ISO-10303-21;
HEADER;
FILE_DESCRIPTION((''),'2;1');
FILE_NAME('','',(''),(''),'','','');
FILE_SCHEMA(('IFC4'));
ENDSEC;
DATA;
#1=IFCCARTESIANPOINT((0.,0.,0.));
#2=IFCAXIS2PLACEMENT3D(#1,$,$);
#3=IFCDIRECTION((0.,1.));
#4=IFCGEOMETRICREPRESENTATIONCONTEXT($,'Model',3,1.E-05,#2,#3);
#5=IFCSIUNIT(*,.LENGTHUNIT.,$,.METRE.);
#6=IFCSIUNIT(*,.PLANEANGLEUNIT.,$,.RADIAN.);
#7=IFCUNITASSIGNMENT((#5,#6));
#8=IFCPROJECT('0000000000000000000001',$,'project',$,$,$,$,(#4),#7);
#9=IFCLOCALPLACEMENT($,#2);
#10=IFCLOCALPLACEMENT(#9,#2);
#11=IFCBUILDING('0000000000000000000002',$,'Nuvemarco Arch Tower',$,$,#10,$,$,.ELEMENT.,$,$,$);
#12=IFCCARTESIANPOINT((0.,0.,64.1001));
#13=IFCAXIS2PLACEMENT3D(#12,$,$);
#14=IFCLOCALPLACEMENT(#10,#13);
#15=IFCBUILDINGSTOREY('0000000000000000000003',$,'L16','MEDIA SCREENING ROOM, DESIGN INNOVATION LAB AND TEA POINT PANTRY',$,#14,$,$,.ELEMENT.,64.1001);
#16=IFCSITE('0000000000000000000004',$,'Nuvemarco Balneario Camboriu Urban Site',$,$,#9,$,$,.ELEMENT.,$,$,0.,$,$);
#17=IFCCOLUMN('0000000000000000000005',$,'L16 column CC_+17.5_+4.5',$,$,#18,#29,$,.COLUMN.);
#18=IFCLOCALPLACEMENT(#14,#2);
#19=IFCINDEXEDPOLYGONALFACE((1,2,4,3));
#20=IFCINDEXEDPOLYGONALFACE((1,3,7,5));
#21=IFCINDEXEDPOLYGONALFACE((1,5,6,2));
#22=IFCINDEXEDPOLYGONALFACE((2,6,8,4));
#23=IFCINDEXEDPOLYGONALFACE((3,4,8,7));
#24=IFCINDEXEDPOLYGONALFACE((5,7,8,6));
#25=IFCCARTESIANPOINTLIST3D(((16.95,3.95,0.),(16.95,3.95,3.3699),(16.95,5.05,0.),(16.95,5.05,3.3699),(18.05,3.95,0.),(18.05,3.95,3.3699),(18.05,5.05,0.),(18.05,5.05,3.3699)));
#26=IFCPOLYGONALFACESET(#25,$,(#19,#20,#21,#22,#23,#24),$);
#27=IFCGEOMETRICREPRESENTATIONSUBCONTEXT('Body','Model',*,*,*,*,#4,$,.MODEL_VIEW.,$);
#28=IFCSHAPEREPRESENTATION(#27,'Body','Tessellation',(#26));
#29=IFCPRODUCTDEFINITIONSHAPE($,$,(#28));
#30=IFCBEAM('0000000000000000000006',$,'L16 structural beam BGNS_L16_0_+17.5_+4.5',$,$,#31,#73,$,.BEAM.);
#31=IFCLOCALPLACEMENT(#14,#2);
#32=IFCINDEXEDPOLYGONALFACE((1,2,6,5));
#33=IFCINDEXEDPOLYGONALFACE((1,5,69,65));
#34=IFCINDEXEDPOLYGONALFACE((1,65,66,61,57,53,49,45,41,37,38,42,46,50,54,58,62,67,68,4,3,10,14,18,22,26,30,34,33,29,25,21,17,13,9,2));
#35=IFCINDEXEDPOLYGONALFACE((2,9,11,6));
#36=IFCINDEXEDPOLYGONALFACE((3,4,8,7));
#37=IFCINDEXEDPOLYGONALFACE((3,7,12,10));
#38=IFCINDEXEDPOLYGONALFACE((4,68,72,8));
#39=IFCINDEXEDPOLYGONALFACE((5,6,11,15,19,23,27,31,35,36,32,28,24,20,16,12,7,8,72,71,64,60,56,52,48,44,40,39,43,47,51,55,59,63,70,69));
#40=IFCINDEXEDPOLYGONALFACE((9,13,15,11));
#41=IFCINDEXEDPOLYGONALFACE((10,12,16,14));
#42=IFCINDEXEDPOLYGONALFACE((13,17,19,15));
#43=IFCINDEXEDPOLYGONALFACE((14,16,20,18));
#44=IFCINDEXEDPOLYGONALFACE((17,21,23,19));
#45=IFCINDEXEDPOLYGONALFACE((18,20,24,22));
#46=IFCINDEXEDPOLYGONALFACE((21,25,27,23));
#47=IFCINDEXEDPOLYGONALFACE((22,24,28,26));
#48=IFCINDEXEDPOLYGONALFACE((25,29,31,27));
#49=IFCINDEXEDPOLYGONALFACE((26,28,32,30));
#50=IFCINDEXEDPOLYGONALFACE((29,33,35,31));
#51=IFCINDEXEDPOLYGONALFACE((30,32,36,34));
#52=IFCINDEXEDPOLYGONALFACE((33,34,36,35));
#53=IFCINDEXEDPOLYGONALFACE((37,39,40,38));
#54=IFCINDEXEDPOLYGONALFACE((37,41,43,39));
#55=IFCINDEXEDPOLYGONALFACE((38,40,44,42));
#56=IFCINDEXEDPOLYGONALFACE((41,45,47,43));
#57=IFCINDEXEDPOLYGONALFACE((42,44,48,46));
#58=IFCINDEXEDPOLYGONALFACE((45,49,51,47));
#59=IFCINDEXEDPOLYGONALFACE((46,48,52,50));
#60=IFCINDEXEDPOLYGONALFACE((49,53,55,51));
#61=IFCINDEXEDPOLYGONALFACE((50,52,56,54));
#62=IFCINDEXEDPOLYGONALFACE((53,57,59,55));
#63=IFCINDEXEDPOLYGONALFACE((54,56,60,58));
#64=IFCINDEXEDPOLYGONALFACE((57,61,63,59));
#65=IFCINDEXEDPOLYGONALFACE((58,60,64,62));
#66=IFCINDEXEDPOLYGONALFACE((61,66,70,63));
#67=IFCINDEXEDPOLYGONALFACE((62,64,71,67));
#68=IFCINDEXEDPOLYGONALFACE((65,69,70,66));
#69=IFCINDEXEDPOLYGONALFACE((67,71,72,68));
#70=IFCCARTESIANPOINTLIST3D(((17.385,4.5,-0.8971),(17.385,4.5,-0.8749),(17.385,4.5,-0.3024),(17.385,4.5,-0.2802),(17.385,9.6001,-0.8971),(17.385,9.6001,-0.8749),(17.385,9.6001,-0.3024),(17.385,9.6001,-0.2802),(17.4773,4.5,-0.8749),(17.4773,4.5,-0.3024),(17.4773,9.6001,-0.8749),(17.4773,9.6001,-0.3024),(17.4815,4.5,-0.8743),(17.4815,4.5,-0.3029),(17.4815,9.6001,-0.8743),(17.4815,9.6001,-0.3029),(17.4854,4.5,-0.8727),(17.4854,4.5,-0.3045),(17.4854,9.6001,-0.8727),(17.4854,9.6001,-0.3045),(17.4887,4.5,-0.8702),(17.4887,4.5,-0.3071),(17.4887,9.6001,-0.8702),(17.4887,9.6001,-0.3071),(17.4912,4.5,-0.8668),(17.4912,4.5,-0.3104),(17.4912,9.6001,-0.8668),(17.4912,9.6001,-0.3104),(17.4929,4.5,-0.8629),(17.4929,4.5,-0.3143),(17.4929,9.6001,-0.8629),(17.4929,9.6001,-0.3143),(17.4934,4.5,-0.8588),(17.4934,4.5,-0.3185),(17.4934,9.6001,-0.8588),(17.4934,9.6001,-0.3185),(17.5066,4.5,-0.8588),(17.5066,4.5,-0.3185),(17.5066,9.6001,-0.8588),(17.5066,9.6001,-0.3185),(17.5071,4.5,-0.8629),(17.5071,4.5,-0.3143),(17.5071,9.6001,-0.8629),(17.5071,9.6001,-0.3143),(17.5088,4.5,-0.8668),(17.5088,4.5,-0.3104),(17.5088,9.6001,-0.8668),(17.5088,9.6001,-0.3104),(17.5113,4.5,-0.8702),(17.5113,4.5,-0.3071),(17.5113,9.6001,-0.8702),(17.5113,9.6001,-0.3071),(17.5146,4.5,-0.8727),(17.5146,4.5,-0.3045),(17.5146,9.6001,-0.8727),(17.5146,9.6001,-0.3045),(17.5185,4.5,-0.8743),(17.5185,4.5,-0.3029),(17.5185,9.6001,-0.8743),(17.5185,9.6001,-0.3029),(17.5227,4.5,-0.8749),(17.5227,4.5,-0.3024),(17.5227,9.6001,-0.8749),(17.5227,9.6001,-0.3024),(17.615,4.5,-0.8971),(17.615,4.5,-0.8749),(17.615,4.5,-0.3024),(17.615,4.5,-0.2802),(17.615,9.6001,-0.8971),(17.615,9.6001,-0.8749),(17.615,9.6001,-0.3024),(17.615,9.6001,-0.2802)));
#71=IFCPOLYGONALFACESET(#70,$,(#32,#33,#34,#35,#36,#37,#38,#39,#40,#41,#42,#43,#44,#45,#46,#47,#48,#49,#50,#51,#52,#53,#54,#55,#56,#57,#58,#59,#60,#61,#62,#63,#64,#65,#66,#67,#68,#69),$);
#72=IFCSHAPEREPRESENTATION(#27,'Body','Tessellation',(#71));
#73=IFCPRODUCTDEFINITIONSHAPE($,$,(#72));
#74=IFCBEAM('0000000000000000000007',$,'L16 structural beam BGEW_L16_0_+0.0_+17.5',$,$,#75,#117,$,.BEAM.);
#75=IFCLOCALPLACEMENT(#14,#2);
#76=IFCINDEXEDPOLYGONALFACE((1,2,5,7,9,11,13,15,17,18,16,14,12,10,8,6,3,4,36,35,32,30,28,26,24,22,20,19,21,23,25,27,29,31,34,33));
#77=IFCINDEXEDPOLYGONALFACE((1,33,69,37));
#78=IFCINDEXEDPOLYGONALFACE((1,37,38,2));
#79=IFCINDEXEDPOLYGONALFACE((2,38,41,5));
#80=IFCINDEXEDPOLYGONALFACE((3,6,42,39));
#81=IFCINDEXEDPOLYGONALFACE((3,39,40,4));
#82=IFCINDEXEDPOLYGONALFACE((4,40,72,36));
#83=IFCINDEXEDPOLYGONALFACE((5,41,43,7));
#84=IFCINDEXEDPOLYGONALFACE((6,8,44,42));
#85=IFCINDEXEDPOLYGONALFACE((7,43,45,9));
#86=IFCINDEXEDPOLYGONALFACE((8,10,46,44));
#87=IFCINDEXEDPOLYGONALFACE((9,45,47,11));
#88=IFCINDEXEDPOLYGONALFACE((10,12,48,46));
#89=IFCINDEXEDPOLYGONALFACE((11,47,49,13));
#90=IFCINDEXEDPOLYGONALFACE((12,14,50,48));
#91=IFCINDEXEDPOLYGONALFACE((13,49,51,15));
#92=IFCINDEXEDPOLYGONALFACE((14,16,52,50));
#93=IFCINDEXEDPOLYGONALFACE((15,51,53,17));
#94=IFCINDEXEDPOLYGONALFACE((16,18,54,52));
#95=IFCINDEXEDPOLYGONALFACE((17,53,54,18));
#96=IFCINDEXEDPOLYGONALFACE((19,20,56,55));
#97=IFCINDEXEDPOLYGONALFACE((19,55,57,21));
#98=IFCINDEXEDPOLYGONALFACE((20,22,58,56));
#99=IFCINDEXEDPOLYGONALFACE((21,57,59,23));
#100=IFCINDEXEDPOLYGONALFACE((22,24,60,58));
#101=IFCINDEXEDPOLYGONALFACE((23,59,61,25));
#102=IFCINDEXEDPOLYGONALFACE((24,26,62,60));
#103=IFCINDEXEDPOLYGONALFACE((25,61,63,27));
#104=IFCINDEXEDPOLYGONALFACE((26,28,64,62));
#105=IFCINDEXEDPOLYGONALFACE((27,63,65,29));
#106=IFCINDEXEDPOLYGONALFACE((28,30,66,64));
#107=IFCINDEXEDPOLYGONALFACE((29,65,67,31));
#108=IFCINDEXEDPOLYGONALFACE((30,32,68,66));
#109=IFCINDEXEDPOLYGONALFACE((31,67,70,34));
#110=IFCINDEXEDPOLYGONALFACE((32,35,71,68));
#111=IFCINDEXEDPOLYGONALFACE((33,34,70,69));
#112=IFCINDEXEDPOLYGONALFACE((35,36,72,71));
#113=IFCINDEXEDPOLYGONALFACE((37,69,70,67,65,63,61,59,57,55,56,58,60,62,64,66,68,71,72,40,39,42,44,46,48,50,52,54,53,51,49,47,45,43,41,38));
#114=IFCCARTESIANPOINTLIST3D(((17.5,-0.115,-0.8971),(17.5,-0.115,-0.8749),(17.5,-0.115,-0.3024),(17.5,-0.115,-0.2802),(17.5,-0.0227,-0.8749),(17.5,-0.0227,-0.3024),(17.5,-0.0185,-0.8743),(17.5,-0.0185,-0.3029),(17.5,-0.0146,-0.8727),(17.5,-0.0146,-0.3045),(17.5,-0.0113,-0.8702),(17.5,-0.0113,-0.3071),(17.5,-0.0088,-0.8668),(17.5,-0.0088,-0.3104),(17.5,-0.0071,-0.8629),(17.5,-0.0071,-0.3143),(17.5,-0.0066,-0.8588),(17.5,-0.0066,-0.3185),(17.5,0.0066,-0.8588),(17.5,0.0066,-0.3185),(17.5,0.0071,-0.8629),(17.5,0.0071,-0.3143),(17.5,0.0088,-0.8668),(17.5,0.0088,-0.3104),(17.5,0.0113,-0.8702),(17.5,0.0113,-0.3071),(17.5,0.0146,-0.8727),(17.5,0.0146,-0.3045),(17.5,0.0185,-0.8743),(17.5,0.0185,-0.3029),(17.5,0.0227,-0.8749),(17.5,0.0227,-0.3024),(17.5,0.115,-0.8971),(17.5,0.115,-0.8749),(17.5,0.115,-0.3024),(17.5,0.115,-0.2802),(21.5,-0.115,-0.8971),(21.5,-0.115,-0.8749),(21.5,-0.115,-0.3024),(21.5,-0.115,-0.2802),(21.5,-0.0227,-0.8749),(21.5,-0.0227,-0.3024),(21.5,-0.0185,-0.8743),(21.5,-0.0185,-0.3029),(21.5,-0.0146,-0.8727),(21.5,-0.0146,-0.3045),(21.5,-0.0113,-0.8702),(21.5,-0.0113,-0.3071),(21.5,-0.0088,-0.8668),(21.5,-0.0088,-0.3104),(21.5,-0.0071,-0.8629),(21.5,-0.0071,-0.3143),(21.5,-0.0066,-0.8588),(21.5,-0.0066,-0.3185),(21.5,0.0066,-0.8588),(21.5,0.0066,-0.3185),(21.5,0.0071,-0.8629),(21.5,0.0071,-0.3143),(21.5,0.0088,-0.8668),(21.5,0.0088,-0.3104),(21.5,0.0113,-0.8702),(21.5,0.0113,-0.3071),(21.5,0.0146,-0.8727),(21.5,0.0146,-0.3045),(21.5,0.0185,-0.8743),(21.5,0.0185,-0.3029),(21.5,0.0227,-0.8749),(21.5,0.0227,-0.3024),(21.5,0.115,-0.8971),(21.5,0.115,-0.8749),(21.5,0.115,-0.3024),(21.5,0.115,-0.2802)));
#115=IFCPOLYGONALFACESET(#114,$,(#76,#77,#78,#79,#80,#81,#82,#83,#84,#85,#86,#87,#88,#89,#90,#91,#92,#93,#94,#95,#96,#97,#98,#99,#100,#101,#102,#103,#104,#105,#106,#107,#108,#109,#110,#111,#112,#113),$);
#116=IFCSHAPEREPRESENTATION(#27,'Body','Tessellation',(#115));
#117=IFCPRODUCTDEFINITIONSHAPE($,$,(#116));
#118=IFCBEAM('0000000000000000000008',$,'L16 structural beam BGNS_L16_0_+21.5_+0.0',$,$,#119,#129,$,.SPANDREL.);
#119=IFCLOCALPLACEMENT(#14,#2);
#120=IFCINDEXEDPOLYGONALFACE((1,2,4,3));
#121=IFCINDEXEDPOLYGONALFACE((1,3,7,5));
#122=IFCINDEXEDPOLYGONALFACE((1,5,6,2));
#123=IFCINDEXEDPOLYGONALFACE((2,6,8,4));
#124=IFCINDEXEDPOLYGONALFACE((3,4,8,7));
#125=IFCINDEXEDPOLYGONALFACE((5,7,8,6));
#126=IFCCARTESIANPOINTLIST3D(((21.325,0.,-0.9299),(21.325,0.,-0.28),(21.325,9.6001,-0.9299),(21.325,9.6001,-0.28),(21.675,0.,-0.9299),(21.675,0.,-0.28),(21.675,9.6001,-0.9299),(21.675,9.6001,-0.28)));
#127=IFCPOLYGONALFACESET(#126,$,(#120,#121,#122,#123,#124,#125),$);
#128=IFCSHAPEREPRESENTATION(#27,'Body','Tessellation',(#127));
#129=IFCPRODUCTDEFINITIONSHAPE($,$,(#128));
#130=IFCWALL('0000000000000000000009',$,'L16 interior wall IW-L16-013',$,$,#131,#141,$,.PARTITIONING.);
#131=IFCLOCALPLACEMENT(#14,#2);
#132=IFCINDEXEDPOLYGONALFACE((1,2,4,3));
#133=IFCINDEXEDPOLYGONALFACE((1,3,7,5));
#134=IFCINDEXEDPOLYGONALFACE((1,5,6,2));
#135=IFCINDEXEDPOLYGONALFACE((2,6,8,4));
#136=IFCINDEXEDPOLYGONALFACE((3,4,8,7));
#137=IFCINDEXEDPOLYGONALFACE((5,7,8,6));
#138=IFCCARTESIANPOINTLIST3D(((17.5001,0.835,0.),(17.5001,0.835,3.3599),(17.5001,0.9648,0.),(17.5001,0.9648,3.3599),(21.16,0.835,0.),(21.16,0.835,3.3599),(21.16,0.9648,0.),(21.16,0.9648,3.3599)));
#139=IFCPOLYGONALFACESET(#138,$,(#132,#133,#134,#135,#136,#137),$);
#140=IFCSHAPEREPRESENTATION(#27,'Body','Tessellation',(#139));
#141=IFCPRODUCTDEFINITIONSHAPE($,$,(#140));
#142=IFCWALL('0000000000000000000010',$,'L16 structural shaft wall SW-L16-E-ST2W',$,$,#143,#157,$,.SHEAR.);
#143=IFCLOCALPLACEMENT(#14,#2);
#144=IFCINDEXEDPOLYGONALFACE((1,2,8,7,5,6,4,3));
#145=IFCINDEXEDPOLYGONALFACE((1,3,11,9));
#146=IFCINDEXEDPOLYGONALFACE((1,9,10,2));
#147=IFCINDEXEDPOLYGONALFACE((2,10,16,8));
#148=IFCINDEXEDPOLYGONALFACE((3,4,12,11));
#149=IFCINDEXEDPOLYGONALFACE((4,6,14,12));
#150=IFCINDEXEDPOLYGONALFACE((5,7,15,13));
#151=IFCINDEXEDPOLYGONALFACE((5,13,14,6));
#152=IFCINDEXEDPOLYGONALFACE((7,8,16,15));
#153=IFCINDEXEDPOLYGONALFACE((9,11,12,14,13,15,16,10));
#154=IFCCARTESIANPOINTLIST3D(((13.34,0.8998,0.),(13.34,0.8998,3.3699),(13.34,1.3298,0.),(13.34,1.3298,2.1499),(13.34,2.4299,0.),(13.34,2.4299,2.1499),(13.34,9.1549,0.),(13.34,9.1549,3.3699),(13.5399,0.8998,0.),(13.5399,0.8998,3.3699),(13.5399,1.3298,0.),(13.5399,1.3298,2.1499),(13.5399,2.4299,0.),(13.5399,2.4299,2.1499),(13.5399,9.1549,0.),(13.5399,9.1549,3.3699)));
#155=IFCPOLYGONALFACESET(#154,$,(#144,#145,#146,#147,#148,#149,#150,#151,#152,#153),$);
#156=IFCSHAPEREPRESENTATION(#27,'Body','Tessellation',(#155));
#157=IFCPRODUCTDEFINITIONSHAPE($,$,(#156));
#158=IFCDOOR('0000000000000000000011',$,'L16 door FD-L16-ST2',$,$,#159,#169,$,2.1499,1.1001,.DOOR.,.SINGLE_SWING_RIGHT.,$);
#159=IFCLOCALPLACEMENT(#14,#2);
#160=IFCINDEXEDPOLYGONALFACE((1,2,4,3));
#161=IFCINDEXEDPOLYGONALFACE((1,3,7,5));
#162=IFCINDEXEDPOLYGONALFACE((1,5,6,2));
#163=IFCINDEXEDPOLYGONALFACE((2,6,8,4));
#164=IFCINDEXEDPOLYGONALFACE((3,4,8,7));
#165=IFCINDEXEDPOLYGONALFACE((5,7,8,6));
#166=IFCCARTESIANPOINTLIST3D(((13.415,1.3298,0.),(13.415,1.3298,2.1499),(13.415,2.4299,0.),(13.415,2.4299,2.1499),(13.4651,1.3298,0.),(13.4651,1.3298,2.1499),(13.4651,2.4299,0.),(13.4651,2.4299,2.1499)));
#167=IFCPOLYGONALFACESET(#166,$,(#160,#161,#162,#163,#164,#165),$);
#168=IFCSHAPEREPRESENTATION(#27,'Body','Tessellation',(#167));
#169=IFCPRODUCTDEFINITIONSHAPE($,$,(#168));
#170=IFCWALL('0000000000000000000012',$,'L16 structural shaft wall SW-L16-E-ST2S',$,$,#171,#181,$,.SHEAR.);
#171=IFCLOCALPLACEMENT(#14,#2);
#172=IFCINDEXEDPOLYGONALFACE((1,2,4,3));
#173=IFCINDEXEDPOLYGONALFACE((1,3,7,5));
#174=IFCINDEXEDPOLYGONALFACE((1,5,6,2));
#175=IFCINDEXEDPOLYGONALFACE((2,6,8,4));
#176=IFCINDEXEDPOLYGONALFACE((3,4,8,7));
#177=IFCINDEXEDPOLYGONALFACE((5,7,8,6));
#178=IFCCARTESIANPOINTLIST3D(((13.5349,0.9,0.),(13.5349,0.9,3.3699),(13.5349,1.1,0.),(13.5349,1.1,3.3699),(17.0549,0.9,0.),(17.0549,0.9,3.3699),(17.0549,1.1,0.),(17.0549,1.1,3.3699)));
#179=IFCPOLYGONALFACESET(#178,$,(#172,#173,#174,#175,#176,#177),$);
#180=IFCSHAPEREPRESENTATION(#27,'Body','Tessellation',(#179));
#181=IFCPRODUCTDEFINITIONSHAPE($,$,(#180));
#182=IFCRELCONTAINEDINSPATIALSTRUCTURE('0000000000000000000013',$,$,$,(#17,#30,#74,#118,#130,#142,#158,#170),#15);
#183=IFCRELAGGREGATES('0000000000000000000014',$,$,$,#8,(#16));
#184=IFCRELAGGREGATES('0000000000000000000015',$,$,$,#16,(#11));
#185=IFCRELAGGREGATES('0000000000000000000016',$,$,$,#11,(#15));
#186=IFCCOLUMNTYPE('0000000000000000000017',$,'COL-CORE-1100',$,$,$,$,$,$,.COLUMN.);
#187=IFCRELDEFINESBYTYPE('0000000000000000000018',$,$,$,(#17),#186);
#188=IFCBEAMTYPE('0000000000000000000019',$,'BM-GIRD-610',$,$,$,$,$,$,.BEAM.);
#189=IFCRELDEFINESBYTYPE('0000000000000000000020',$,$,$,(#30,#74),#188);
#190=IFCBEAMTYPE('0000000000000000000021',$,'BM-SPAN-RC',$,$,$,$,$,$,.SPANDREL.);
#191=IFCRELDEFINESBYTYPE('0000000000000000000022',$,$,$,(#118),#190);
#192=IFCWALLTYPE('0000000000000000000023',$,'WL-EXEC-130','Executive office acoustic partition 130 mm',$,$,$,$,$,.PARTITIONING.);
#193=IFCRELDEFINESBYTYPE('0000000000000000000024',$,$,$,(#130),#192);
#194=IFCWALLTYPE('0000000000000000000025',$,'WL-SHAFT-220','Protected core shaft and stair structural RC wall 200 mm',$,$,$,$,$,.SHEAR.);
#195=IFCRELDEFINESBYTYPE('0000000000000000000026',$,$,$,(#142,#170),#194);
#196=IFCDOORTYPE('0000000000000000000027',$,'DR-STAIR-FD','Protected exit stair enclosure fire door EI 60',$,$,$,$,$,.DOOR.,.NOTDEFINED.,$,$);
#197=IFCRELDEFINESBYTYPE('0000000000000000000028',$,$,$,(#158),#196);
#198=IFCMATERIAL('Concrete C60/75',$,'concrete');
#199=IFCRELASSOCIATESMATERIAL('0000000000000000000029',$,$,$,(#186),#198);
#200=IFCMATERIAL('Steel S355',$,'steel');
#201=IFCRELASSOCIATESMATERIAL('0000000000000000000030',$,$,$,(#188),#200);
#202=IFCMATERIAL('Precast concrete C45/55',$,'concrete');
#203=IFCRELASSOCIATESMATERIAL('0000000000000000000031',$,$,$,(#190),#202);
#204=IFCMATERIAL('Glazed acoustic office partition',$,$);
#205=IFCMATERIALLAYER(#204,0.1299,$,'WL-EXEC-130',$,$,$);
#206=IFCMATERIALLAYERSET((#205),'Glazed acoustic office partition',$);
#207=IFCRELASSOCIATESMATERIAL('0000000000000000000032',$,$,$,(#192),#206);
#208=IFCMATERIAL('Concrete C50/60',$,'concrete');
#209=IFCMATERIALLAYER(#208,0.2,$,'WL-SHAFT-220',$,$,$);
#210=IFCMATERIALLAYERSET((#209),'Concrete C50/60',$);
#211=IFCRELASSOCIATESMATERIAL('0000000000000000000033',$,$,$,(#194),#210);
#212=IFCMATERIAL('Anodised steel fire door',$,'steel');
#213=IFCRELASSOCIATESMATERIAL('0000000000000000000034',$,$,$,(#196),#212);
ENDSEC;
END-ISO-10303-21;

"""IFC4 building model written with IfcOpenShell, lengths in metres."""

from ifc_helpers import new_model, si_unit, direction, frame, frame_2d, origin, origin_2d, place, context, subcontext, project, spatial, rectangle, i_section, extrude, source, transform, mapped, material, layer, layer_set, material_profile, profile_set, type_object, type_shapes, element, fill, save


model = new_model("IFC4")

# Units and contexts
model_context = context("Model", 3, precision=1e-05, world=origin(), true_north=direction((0.0, 1.0)))
body_context = subcontext(model_context, "Body", "Model", "MODEL_VIEW")
ifc_project = project(units=[si_unit("LENGTHUNIT", "METRE"), si_unit("PLANEANGLEUNIT", "RADIAN")], contexts=[model_context])

# Site, building, storey
site_placement = place(None, origin())
site = spatial("IfcSite", under=ifc_project, at=site_placement, Name="Nuvemarco Balneario Camboriu Urban Site", CompositionType="ELEMENT", RefElevation=0.0)
building_placement = place(site_placement, origin())
building = spatial("IfcBuilding", under=site, at=building_placement, Name="Nuvemarco Arch Tower", CompositionType="ELEMENT")
storey_placement = place(building_placement, frame((0.0, 0.0, 64.1001)))
storey = spatial("IfcBuildingStorey", under=building, at=storey_placement, Name="L16", Description="MEDIA SCREENING ROOM, DESIGN INNOVATION LAB AND TEA POINT PANTRY", CompositionType="ELEMENT", Elevation=64.1001)

# Column
ifc_material_1 = material(Name="Concrete C60/75", Category="concrete")
ifc_material_profile_1 = material_profile(ifc_material_1, rectangle(XDim=1.1001, YDim=1.1001, at=origin_2d()), Name="RC-COL-1100x1100")
ifc_profile_set_1 = profile_set([ifc_material_profile_1], Name="Concrete C60/75")
column_type = type_object("IfcColumnType", Name="COL-CORE-1100", PredefinedType="COLUMN", material=ifc_profile_set_1)
column_placement = place(storey_placement, frame((17.5, 4.5, 0.0), z_axis=(0.0, 0.0, 1.0), x_axis=(1.0, 0.0, 0.0)))
element("IfcColumn", 1, at=column_placement, inside=storey, type_object=column_type, Name="L16 column CC_+17.5_+4.5", PredefinedType="COLUMN", context=body_context, shape_type="SweptSolid", body=[
    extrude(rectangle(XDim=1.1001, YDim=1.1001, at=origin_2d()), origin(), (0.0, 0.0, 1.0), 3.3699),
])

# Beams
ifc_material_2 = material(Name="Steel S355", Category="steel")
ifc_material_profile_2 = material_profile(ifc_material_2, i_section(OverallWidth=0.23, OverallDepth=0.6169, WebThickness=0.0132, FlangeThickness=0.0222, FilletRadius=0.0161, at=origin_2d()), Name="W610x140")
ifc_profile_set_2 = profile_set([ifc_material_profile_2], Name="Steel S355")
beam_type_1 = type_object("IfcBeamType", Name="BM-GIRD-610", PredefinedType="BEAM", material=ifc_profile_set_2)
beam_1_placement = place(storey_placement, frame((17.5, 4.5, -0.5886), z_axis=(0.0, 1.0, 0.0), x_axis=(-1.0, 0.0, 0.0)))
element("IfcBeam", 2, at=beam_1_placement, inside=storey, type_object=beam_type_1, Name="L16 structural beam BGNS_L16_0_+17.5_+4.5", PredefinedType="BEAM", context=body_context, shape_type="SweptSolid", body=[
    extrude(i_section(OverallWidth=0.23, OverallDepth=0.6169, WebThickness=0.0132, FlangeThickness=0.0222, FilletRadius=0.0161, at=origin_2d()), origin(), (0.0, 0.0, 1.0), 5.1001),
])
beam_2_placement = place(storey_placement, frame((17.5, 0.0, -0.5886), z_axis=(1.0, 0.0, 0.0), x_axis=(0.0, 1.0, 0.0)))
element("IfcBeam", 3, at=beam_2_placement, inside=storey, type_object=beam_type_1, Name="L16 structural beam BGEW_L16_0_+0.0_+17.5", PredefinedType="BEAM", context=body_context, shape_type="SweptSolid", body=[
    extrude(i_section(OverallWidth=0.23, OverallDepth=0.6169, WebThickness=0.0132, FlangeThickness=0.0222, FilletRadius=0.0161, at=origin_2d()), origin(), (0.0, 0.0, 1.0), 4.0),
])
ifc_material_3 = material(Name="Precast concrete C45/55", Category="concrete")
ifc_material_profile_3 = material_profile(ifc_material_3, rectangle(XDim=0.3501, YDim=0.6499, at=origin_2d()), Name="PC-SP-350x650")
ifc_profile_set_3 = profile_set([ifc_material_profile_3], Name="Precast concrete C45/55")
beam_type_2 = type_object("IfcBeamType", Name="BM-SPAN-RC", PredefinedType="SPANDREL", material=ifc_profile_set_3)
beam_3_placement = place(storey_placement, frame((21.5, 0.0, -0.605), z_axis=(0.0, 1.0, 0.0), x_axis=(-1.0, 0.0, 0.0)))
element("IfcBeam", 4, at=beam_3_placement, inside=storey, type_object=beam_type_2, Name="L16 structural beam BGNS_L16_0_+21.5_+0.0", PredefinedType="SPANDREL", context=body_context, shape_type="SweptSolid", body=[
    extrude(rectangle(XDim=0.3501, YDim=0.6499, at=origin_2d()), origin(), (0.0, 0.0, 1.0), 9.6001),
])

# Wall
ifc_material_4 = material(Name="Glazed acoustic office partition")
ifc_layer_1 = layer(ifc_material_4, 0.1299, Name="WL-EXEC-130")
ifc_layer_set_1 = layer_set([ifc_layer_1], Name="Glazed acoustic office partition")
wall_type_1 = type_object("IfcWallType", Name="WL-EXEC-130", Description="Executive office acoustic partition 130 mm", PredefinedType="PARTITIONING", material=ifc_layer_set_1)
wall_1_placement = place(storey_placement, frame((17.5, 0.8999, 0.0), z_axis=(0.0, 0.0, 1.0), x_axis=(1.0, 0.0, 0.0)))
element("IfcWall", 5, at=wall_1_placement, inside=storey, type_object=wall_type_1, Name="L16 interior wall IW-L16-013", PredefinedType="PARTITIONING", context=body_context, shape_type="SweptSolid", body=[
    extrude(rectangle(XDim=3.6599, YDim=0.1299, at=frame_2d((1.8301, 0.0))), origin(), (0.0, 0.0, 1.0), 3.3599),
])

# Wall, opening, door
ifc_material_5 = material(Name="Concrete C50/60", Category="concrete")
ifc_layer_2 = layer(ifc_material_5, 0.2, Name="WL-SHAFT-220")
ifc_layer_set_2 = layer_set([ifc_layer_2], Name="Concrete C50/60")
wall_type_2 = type_object("IfcWallType", Name="WL-SHAFT-220", Description="Protected core shaft and stair structural RC wall 200 mm", PredefinedType="SHEAR", material=ifc_layer_set_2)
wall_2_placement = place(storey_placement, frame((13.4399, 0.8999, 0.0), z_axis=(0.0, 0.0, 1.0), x_axis=(0.0, 1.0, 0.0)))
wall_2 = element("IfcWall", 6, at=wall_2_placement, inside=storey, type_object=wall_type_2, Name="L16 structural shaft wall SW-L16-E-ST2W", PredefinedType="SHEAR", context=body_context, shape_type="SweptSolid", body=[
    extrude(rectangle(XDim=8.2551, YDim=0.2, at=frame_2d((4.1274, 0.0))), origin(), (0.0, 0.0, 1.0), 3.3699),
])
opening_placement = place(wall_2_placement, frame((0.4299, 0.0, 0.0)))
opening = element("IfcOpeningElement", 7, at=opening_placement, cuts=wall_2, PredefinedType="OPENING", context=body_context, shape_type="SweptSolid", body=[
    extrude(rectangle(XDim=1.1001, YDim=2.1499, at=frame_2d((0.55, 1.075))), frame((0.0, 0.1099, 0.0), z_axis=(0.0, -1.0, 0.0), x_axis=(1.0, 0.0, 0.0)), (0.0, 0.0, 1.0), 0.22),
])
ifc_material_6 = material(Name="Anodised steel fire door", Category="steel")
door_type = type_object("IfcDoorType", Name="DR-STAIR-FD", Description="Protected exit stair enclosure fire door EI 60", OperationType="NOTDEFINED", PredefinedType="DOOR", material=ifc_material_6)
shared_shape_1 = source(origin(), body_context, "Body", "SweptSolid", [
    extrude(rectangle(XDim=1.1001, YDim=2.1499, at=frame_2d((0.55, 1.075))), frame((0.0, 0.0249, 0.0), z_axis=(0.0, -1.0, 0.0), x_axis=(1.0, 0.0, 0.0)), (0.0, 0.0, 1.0), 0.05),
])
type_shapes(door_type, [shared_shape_1])
door_placement = place(opening_placement, origin())
door = element("IfcDoor", 8, at=door_placement, inside=storey, type_object=door_type, Name="L16 door FD-L16-ST2", OperationType="SINGLE_SWING_RIGHT", OverallHeight=2.1499, OverallWidth=1.1001, PredefinedType="DOOR", context=body_context, shape_type="MappedRepresentation", body=[
    mapped(shared_shape_1, transform((0.0, 0.0, 0.0), scale=1.0)),
])
fill(opening, door)

# Wall
for number, where, z_axis, x_axis, name in (
    (9, (13.5349, 1.0, 0.0), (0.0, 0.0, 1.0), (1.0, 0.0, 0.0), "L16 structural shaft wall SW-L16-E-ST2S"),
):
    element("IfcWall", number, at=place(storey_placement, frame(where, z_axis=z_axis, x_axis=x_axis)), inside=storey, type_object=wall_type_2, Name=name, PredefinedType="SHEAR", context=body_context, shape_type="SweptSolid", body=[
        extrude(rectangle(XDim=3.52, YDim=0.2, at=frame_2d((1.76, 0.0))), origin(), (0.0, 0.0, 1.0), 3.3699),
    ])

save(model, "model.ifc")
